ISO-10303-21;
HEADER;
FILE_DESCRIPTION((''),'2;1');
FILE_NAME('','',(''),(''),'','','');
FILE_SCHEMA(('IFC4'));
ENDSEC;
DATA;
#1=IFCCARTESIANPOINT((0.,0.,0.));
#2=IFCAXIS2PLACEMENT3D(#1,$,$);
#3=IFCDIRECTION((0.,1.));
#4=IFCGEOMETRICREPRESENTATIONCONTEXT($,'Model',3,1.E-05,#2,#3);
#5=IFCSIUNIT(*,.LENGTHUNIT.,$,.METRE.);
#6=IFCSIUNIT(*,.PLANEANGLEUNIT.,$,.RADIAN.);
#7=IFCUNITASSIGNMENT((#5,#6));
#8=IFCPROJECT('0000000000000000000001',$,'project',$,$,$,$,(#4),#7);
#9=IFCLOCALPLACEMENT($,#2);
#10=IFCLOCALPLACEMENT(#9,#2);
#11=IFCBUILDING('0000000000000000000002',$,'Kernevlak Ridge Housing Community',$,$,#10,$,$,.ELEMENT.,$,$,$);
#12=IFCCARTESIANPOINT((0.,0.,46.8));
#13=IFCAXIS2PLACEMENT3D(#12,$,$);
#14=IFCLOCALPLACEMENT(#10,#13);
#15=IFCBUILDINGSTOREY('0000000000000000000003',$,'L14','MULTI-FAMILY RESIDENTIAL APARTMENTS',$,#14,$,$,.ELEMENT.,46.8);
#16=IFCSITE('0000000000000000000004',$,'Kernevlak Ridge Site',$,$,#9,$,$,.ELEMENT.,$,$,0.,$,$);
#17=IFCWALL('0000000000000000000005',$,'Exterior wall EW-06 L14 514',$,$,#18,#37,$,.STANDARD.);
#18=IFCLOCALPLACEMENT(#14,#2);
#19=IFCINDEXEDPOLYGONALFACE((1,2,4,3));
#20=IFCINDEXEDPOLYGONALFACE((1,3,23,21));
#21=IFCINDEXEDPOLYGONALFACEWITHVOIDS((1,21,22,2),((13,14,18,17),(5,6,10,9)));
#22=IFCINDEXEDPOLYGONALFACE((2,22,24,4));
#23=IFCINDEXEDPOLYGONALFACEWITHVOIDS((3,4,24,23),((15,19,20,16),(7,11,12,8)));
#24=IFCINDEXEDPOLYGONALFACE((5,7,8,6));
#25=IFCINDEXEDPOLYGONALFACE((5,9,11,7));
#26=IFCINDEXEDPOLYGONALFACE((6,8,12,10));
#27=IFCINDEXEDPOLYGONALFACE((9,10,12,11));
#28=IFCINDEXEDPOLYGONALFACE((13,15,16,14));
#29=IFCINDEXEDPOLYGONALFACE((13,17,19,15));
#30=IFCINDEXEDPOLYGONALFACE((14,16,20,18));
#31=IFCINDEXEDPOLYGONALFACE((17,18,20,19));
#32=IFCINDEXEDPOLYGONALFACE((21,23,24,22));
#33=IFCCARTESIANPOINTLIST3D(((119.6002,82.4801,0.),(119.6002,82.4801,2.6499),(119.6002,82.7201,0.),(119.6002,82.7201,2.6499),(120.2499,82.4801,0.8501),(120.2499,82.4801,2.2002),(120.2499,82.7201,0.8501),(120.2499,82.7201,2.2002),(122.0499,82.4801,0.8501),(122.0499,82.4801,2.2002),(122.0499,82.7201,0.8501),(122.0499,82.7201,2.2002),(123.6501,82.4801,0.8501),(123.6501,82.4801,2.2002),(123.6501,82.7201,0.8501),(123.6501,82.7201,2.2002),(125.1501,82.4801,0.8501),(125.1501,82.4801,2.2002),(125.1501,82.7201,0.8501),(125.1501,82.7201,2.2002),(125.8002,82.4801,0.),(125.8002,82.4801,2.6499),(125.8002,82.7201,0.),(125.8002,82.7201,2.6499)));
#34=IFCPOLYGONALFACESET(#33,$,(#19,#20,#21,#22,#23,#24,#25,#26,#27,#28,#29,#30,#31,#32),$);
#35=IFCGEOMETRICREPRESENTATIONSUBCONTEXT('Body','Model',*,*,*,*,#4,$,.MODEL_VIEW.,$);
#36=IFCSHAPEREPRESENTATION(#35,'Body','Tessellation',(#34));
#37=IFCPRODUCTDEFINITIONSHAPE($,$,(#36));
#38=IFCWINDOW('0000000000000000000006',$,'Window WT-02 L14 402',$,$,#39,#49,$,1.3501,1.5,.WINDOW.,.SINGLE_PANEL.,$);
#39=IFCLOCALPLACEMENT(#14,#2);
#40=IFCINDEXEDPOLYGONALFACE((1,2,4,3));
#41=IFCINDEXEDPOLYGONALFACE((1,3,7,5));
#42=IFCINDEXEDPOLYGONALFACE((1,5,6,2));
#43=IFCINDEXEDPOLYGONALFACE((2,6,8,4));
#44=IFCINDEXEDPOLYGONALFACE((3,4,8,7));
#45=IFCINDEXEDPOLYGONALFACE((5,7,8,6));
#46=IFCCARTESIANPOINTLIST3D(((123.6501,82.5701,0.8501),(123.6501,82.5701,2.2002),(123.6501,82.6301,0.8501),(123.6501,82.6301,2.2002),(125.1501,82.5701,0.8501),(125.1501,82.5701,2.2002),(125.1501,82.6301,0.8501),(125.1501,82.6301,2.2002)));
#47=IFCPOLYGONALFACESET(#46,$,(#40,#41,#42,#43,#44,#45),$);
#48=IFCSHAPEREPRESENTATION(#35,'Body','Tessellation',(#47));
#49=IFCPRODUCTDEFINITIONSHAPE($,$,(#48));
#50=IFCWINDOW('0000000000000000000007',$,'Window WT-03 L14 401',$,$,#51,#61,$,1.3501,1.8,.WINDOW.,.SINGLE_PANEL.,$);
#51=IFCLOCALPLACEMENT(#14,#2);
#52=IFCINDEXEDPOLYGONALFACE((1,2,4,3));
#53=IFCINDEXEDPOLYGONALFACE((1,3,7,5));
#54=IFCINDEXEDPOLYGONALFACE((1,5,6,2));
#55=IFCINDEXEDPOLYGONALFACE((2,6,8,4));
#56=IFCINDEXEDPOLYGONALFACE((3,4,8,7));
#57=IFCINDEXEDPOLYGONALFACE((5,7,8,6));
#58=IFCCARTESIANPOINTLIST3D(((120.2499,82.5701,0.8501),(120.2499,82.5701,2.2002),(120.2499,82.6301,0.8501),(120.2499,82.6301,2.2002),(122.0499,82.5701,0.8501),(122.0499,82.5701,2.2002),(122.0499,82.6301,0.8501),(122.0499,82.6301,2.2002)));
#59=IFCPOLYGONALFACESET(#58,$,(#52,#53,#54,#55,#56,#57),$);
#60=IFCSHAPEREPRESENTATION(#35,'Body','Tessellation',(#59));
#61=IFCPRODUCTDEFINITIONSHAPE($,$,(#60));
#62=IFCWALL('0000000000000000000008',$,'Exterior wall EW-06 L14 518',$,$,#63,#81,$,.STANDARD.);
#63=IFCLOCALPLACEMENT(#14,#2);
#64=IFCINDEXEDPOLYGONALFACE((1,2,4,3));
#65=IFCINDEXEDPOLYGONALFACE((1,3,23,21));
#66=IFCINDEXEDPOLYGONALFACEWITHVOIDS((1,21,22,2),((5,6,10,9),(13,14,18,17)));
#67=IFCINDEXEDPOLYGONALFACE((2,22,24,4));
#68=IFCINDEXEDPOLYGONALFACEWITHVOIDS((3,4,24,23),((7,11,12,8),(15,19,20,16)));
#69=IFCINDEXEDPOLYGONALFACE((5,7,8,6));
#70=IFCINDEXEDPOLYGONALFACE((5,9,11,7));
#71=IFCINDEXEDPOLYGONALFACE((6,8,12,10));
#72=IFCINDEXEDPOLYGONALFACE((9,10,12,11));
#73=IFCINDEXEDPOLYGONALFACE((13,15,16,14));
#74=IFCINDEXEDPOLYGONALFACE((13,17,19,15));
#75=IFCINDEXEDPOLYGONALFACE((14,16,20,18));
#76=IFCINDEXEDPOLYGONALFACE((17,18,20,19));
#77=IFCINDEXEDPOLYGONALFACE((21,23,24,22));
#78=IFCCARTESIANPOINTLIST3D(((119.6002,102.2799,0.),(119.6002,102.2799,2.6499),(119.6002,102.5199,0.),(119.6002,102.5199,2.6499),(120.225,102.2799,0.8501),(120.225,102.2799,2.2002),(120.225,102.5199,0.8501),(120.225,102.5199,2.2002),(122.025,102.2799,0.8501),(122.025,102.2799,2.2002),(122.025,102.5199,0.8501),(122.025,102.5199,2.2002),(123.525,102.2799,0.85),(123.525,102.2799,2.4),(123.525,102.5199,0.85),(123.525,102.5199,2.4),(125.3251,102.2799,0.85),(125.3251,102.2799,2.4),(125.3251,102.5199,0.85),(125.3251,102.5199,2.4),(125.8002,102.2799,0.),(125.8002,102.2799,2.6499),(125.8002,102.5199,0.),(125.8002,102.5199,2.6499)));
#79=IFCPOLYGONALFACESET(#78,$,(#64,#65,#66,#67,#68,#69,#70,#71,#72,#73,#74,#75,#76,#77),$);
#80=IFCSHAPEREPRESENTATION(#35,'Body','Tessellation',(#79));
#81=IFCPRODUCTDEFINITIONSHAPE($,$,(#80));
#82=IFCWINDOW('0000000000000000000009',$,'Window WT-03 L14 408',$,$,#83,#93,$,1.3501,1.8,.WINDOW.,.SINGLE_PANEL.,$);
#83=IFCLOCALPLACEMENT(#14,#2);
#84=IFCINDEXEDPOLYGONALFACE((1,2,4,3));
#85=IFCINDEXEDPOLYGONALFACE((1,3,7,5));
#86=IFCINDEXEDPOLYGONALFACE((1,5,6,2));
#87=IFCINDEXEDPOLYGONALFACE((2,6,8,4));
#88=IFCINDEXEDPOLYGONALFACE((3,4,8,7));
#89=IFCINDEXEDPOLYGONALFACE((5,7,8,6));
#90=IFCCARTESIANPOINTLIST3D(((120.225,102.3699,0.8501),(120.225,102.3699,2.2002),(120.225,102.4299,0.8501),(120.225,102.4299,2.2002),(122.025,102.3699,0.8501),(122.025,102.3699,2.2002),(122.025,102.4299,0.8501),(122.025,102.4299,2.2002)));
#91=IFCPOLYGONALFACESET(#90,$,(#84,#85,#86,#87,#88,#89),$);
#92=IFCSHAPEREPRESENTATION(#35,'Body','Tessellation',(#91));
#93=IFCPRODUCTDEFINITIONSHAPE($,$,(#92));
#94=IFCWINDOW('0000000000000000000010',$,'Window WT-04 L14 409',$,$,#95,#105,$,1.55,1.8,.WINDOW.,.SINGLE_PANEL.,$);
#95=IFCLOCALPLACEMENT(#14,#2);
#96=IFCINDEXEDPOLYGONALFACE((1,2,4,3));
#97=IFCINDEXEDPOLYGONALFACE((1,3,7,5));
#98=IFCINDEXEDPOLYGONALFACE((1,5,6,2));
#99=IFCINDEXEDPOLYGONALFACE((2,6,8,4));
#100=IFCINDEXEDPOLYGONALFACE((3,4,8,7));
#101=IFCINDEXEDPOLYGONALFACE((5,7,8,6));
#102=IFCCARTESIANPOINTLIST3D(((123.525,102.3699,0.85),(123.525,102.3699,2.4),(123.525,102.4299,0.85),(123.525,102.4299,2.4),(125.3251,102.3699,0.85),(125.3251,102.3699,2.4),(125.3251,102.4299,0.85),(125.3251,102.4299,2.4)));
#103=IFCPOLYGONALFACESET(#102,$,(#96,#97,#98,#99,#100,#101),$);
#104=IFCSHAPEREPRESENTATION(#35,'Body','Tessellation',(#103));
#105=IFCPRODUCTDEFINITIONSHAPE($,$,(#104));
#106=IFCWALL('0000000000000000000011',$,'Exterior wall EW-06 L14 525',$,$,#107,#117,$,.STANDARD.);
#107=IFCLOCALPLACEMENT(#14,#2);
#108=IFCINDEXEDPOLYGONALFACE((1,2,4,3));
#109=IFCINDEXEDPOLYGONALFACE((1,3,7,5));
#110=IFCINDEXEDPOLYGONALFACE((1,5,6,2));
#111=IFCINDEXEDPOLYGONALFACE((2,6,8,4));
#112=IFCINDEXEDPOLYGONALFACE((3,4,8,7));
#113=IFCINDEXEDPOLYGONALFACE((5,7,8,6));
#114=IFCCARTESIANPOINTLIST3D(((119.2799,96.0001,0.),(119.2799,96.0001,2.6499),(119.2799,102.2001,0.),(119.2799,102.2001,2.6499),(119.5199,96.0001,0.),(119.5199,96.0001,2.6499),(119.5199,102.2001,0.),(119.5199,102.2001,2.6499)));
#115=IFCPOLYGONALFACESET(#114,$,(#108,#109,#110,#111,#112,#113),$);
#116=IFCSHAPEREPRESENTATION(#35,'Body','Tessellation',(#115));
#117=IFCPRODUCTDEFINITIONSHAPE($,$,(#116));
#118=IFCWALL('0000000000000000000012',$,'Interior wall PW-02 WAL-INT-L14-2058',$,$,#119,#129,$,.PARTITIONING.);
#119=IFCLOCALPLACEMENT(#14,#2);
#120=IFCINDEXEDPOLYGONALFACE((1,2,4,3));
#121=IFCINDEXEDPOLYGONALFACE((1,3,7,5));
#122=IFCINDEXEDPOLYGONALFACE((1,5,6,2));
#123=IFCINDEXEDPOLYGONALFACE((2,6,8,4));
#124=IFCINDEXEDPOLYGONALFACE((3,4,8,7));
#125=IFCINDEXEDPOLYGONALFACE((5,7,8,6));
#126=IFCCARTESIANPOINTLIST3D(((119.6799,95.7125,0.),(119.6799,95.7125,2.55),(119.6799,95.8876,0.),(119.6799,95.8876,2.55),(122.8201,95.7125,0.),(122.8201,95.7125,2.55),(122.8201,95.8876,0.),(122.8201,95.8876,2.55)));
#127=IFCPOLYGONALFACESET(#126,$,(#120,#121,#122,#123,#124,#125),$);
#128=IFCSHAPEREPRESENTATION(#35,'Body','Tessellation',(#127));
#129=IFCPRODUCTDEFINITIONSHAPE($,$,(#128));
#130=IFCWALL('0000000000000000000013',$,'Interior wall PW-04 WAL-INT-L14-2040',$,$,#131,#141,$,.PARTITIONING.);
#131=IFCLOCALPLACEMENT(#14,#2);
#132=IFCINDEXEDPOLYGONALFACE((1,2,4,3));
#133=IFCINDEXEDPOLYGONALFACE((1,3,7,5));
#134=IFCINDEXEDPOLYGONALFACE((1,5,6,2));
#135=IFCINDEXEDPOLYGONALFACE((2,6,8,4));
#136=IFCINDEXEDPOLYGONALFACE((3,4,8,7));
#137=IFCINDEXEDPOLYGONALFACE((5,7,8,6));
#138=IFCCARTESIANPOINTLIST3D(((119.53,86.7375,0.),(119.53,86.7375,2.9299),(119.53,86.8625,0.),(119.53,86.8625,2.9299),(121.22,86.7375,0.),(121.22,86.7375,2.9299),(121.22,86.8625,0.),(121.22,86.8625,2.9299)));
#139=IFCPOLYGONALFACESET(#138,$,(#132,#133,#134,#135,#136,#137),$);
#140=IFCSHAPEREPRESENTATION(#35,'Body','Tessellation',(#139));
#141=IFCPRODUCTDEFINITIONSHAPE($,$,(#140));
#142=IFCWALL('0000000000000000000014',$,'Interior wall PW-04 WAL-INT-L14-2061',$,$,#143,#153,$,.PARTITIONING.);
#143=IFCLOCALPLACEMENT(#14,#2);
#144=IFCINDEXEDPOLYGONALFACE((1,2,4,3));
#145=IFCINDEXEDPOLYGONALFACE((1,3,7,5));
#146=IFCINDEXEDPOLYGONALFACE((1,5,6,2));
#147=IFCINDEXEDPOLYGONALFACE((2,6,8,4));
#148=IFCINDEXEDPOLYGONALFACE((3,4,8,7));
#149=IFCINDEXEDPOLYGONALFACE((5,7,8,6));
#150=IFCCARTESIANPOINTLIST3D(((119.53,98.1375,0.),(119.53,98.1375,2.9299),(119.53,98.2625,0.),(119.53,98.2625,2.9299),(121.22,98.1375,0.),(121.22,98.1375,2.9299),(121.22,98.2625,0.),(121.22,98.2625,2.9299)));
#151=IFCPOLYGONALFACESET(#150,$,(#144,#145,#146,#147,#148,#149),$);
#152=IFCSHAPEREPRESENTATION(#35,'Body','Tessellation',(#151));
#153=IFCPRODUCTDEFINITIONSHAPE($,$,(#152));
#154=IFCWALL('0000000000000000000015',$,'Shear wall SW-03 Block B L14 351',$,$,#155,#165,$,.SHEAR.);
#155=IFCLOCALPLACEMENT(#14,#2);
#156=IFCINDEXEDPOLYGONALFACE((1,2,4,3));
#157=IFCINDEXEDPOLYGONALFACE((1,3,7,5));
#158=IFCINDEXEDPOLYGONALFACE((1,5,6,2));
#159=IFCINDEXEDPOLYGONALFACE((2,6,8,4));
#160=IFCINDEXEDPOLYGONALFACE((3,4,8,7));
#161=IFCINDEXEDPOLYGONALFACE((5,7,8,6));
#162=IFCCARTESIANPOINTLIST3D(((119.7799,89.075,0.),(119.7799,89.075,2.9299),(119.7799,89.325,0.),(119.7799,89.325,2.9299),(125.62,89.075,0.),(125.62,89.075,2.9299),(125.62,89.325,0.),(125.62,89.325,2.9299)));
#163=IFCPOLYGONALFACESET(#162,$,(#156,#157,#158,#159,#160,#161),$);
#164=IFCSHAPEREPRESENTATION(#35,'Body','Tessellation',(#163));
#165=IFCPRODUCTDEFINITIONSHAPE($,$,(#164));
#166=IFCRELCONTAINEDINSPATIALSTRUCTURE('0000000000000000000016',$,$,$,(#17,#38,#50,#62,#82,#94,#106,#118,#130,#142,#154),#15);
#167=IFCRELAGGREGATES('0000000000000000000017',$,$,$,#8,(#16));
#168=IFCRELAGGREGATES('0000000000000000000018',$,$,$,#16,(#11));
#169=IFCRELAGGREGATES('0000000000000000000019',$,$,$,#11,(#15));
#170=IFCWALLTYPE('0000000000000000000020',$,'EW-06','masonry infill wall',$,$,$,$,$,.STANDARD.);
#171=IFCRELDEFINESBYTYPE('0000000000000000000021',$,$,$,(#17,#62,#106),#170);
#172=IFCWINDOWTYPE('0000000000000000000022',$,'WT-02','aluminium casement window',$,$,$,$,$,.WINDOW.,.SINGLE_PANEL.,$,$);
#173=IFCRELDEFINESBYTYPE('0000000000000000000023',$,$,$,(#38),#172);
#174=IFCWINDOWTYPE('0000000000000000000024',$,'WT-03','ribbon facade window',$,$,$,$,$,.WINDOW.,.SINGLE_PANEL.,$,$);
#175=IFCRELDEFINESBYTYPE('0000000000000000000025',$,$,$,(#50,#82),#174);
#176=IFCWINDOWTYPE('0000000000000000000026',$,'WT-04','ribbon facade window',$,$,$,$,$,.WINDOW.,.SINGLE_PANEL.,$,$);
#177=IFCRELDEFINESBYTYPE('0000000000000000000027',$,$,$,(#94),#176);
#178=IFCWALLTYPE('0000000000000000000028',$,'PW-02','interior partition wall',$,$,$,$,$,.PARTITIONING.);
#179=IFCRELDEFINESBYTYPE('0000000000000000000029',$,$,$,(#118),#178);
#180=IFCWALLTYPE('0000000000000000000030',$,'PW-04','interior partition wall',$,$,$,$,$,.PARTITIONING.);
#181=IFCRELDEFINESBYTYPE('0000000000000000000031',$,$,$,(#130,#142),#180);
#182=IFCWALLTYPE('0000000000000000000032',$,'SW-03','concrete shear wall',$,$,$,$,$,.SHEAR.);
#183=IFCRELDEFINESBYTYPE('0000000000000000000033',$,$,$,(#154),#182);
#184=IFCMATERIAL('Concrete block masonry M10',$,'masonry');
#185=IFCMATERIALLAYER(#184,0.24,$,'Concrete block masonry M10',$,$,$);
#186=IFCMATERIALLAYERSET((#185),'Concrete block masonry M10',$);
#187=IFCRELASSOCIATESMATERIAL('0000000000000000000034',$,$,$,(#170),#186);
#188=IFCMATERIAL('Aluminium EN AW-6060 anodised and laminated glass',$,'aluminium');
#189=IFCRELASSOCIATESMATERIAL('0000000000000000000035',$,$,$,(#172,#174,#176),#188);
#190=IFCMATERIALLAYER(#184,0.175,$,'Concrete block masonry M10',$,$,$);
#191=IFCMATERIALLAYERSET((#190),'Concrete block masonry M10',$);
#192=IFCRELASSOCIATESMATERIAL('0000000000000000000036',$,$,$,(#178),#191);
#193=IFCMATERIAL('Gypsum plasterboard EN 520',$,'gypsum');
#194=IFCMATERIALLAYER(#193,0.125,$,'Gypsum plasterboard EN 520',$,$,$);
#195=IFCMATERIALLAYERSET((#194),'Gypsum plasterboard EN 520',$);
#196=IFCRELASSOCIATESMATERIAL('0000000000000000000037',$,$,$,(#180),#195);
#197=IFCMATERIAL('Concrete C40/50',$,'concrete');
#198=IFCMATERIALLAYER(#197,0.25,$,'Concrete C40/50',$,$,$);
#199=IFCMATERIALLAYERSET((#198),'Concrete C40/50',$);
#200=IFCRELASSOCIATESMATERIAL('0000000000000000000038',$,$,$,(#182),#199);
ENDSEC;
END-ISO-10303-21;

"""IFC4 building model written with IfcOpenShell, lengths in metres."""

from ifc_helpers import new_model, si_unit, direction, frame, frame_2d, origin, place, context, subcontext, project, spatial, rectangle, extrude, material, layer, layer_set, type_object, element, fill, save


model = new_model("IFC4")

# Units and contexts
model_context = context("Model", 3, precision=1e-05, world=origin(), true_north=direction((0.0, 1.0)))
body_context = subcontext(model_context, "Body", "Model", "MODEL_VIEW")
ifc_project = project(units=[si_unit("LENGTHUNIT", "METRE"), si_unit("PLANEANGLEUNIT", "RADIAN")], contexts=[model_context])

# Site, building, storey
site_placement = place(None, origin())
site = spatial("IfcSite", under=ifc_project, at=site_placement, Name="Kernevlak Ridge Site", CompositionType="ELEMENT", RefElevation=0.0)
building_placement = place(site_placement, origin())
building = spatial("IfcBuilding", under=site, at=building_placement, Name="Kernevlak Ridge Housing Community", CompositionType="ELEMENT")
storey_placement = place(building_placement, frame((0.0, 0.0, 46.8)))
storey = spatial("IfcBuildingStorey", under=building, at=storey_placement, Name="L14", Description="MULTI-FAMILY RESIDENTIAL APARTMENTS", CompositionType="ELEMENT", Elevation=46.8)

# Shared definitions
ifc_material_1 = material(Name="Aluminium EN AW-6060 anodised and laminated glass", Category="aluminium")

# Walls, openings, windows
ifc_material_2 = material(Name="Concrete block masonry M10", Category="masonry")
ifc_layer_1 = layer(ifc_material_2, 0.24, Name="Concrete block masonry M10")
ifc_layer_set_1 = layer_set([ifc_layer_1], Name="Concrete block masonry M10")
wall_type_1 = type_object("IfcWallType", Name="EW-06", Description="masonry infill wall", PredefinedType="STANDARD", material=ifc_layer_set_1)
wall_1_placement = place(storey_placement, frame((119.6001, 82.6001, 0.0), z_axis=(0.0, 0.0, 1.0), x_axis=(1.0, 0.0, 0.0)))
wall_1 = element("IfcWall", 1, at=wall_1_placement, inside=storey, type_object=wall_type_1, Name="Exterior wall EW-06 L14 514", PredefinedType="STANDARD", context=body_context, shape_type="SweptSolid", body=[
    extrude(rectangle(XDim=6.2, YDim=0.24, at=frame_2d((3.1001, 0.0))), origin(), (0.0, 0.0, 1.0), 2.6499),
])
opening_1_placement = place(wall_1_placement, frame((0.6499, 0.0, 0.8501)))
opening_1 = element("IfcOpeningElement", 2, at=opening_1_placement, cuts=wall_1, PredefinedType="OPENING", context=body_context, shape_type="SweptSolid", body=[
    extrude(rectangle(XDim=1.8, YDim=1.3501, at=frame_2d((0.8999, 0.675))), frame((0.0, 0.1299, 0.0), z_axis=(0.0, -1.0, 0.0), x_axis=(1.0, 0.0, 0.0)), (0.0, 0.0, 1.0), 0.26),
])
opening_2_placement = place(wall_1_placement, frame((4.05, 0.0, 0.8501)))
opening_2 = element("IfcOpeningElement", 3, at=opening_2_placement, cuts=wall_1, PredefinedType="OPENING", context=body_context, shape_type="SweptSolid", body=[
    extrude(rectangle(XDim=1.5, YDim=1.3501, at=frame_2d((0.75, 0.675))), frame((0.0, 0.1299, 0.0), z_axis=(0.0, -1.0, 0.0), x_axis=(1.0, 0.0, 0.0)), (0.0, 0.0, 1.0), 0.26),
])
window_type_1 = type_object("IfcWindowType", Name="WT-02", Description="aluminium casement window", PartitioningType="SINGLE_PANEL", PredefinedType="WINDOW", material=ifc_material_1)
window_1_placement = place(opening_2_placement, origin())
window_1 = element("IfcWindow", 4, at=window_1_placement, inside=storey, type_object=window_type_1, Name="Window WT-02 L14 402", OverallHeight=1.3501, OverallWidth=1.5, PartitioningType="SINGLE_PANEL", PredefinedType="WINDOW", context=body_context, shape_type="SweptSolid", body=[
    extrude(rectangle(XDim=1.5, YDim=1.3501, at=frame_2d((0.75, 0.675))), frame((0.0, 0.03, 0.0), z_axis=(0.0, -1.0, 0.0), x_axis=(1.0, 0.0, 0.0)), (0.0, 0.0, 1.0), 0.0601),
])
fill(opening_2, window_1)
window_type_2 = type_object("IfcWindowType", Name="WT-03", Description="ribbon facade window", PartitioningType="SINGLE_PANEL", PredefinedType="WINDOW", material=ifc_material_1)
window_2_placement = place(opening_1_placement, origin())
window_2 = element("IfcWindow", 5, at=window_2_placement, inside=storey, type_object=window_type_2, Name="Window WT-03 L14 401", OverallHeight=1.3501, OverallWidth=1.8, PartitioningType="SINGLE_PANEL", PredefinedType="WINDOW", context=body_context, shape_type="SweptSolid", body=[
    extrude(rectangle(XDim=1.8, YDim=1.3501, at=frame_2d((0.8999, 0.675))), frame((0.0, 0.03, 0.0), z_axis=(0.0, -1.0, 0.0), x_axis=(1.0, 0.0, 0.0)), (0.0, 0.0, 1.0), 0.0601),
])
fill(opening_1, window_2)
wall_2_placement = place(storey_placement, frame((119.6001, 102.3999, 0.0), z_axis=(0.0, 0.0, 1.0), x_axis=(1.0, 0.0, 0.0)))
wall_2 = element("IfcWall", 6, at=wall_2_placement, inside=storey, type_object=wall_type_1, Name="Exterior wall EW-06 L14 518", PredefinedType="STANDARD", context=body_context, shape_type="SweptSolid", body=[
    extrude(rectangle(XDim=6.2, YDim=0.24, at=frame_2d((3.1001, 0.0))), origin(), (0.0, 0.0, 1.0), 2.6499),
])
opening_3_placement = place(wall_2_placement, frame((0.625, 0.0, 0.8501)))
opening_3 = element("IfcOpeningElement", 7, at=opening_3_placement, cuts=wall_2, PredefinedType="OPENING", context=body_context, shape_type="SweptSolid", body=[
    extrude(rectangle(XDim=1.8, YDim=1.3501, at=frame_2d((0.8999, 0.675))), frame((0.0, 0.1299, 0.0), z_axis=(0.0, -1.0, 0.0), x_axis=(1.0, 0.0, 0.0)), (0.0, 0.0, 1.0), 0.26),
])
opening_4_placement = place(wall_2_placement, frame((3.925, 0.0, 0.8501)))
opening_4 = element("IfcOpeningElement", 8, at=opening_4_placement, cuts=wall_2, PredefinedType="OPENING", context=body_context, shape_type="SweptSolid", body=[
    extrude(rectangle(XDim=1.8, YDim=1.55, at=frame_2d((0.8999, 0.7749))), frame((0.0, 0.1299, 0.0), z_axis=(0.0, -1.0, 0.0), x_axis=(1.0, 0.0, 0.0)), (0.0, 0.0, 1.0), 0.26),
])
window_3_placement = place(opening_3_placement, origin())
window_3 = element("IfcWindow", 9, at=window_3_placement, inside=storey, type_object=window_type_2, Name="Window WT-03 L14 408", OverallHeight=1.3501, OverallWidth=1.8, PartitioningType="SINGLE_PANEL", PredefinedType="WINDOW", context=body_context, shape_type="SweptSolid", body=[
    extrude(rectangle(XDim=1.8, YDim=1.3501, at=frame_2d((0.8999, 0.675))), frame((0.0, 0.03, 0.0), z_axis=(0.0, -1.0, 0.0), x_axis=(1.0, 0.0, 0.0)), (0.0, 0.0, 1.0), 0.0601),
])
fill(opening_3, window_3)
window_type_3 = type_object("IfcWindowType", Name="WT-04", Description="ribbon facade window", PartitioningType="SINGLE_PANEL", PredefinedType="WINDOW", material=ifc_material_1)
window_4_placement = place(opening_4_placement, origin())
window_4 = element("IfcWindow", 10, at=window_4_placement, inside=storey, type_object=window_type_3, Name="Window WT-04 L14 409", OverallHeight=1.55, OverallWidth=1.8, PartitioningType="SINGLE_PANEL", PredefinedType="WINDOW", context=body_context, shape_type="SweptSolid", body=[
    extrude(rectangle(XDim=1.8, YDim=1.55, at=frame_2d((0.8999, 0.7749))), frame((0.0, 0.03, 0.0), z_axis=(0.0, -1.0, 0.0), x_axis=(1.0, 0.0, 0.0)), (0.0, 0.0, 1.0), 0.0601),
])
fill(opening_4, window_4)

# Wall
wall_3_placement = place(storey_placement, frame((119.3999, 96.0, 0.0), z_axis=(0.0, 0.0, 1.0), x_axis=(0.0, 1.0, 0.0)))
element("IfcWall", 11, at=wall_3_placement, inside=storey, type_object=wall_type_1, Name="Exterior wall EW-06 L14 525", PredefinedType="STANDARD", context=body_context, shape_type="SweptSolid", body=[
    extrude(rectangle(XDim=6.2, YDim=0.24, at=frame_2d((3.1001, 0.0))), origin(), (0.0, 0.0, 1.0), 2.6499),
])

# Walls
ifc_layer_2 = layer(ifc_material_2, 0.175, Name="Concrete block masonry M10")
ifc_layer_set_2 = layer_set([ifc_layer_2], Name="Concrete block masonry M10")
wall_type_2 = type_object("IfcWallType", Name="PW-02", Description="interior partition wall", PredefinedType="PARTITIONING", material=ifc_layer_set_2)
wall_4_placement = place(storey_placement, frame((119.6799, 95.8, 0.0), z_axis=(0.0, 0.0, 1.0), x_axis=(1.0, 0.0, 0.0)))
element("IfcWall", 12, at=wall_4_placement, inside=storey, type_object=wall_type_2, Name="Interior wall PW-02 WAL-INT-L14-2058", PredefinedType="PARTITIONING", context=body_context, shape_type="SweptSolid", body=[
    extrude(rectangle(XDim=3.1401, YDim=0.175, at=frame_2d((1.5701, 0.0))), origin(), (0.0, 0.0, 1.0), 2.55),
])
ifc_material_3 = material(Name="Gypsum plasterboard EN 520", Category="gypsum")
ifc_layer_3 = layer(ifc_material_3, 0.125, Name="Gypsum plasterboard EN 520")
ifc_layer_set_3 = layer_set([ifc_layer_3], Name="Gypsum plasterboard EN 520")
wall_type_3 = type_object("IfcWallType", Name="PW-04", Description="interior partition wall", PredefinedType="PARTITIONING", material=ifc_layer_set_3)
for number, where, z_axis, x_axis, name in (
    (13, (119.53, 86.8, 0.0), (0.0, 0.0, 1.0), (1.0, 0.0, 0.0), "Interior wall PW-04 WAL-INT-L14-2040"),
    (14, (119.53, 98.2, 0.0), (0.0, 0.0, 1.0), (1.0, 0.0, 0.0), "Interior wall PW-04 WAL-INT-L14-2061"),
):
    element("IfcWall", number, at=place(storey_placement, frame(where, z_axis=z_axis, x_axis=x_axis)), inside=storey, type_object=wall_type_3, Name=name, PredefinedType="PARTITIONING", context=body_context, shape_type="SweptSolid", body=[
        extrude(rectangle(XDim=1.6899, YDim=0.125, at=frame_2d((0.845, 0.0))), origin(), (0.0, 0.0, 1.0), 2.9299),
    ])
ifc_material_4 = material(Name="Concrete C40/50", Category="concrete")
ifc_layer_4 = layer(ifc_material_4, 0.25, Name="Concrete C40/50")
ifc_layer_set_4 = layer_set([ifc_layer_4], Name="Concrete C40/50")
wall_type_4 = type_object("IfcWallType", Name="SW-03", Description="concrete shear wall", PredefinedType="SHEAR", material=ifc_layer_set_4)
wall_5_placement = place(storey_placement, frame((119.78, 89.2, 0.0), z_axis=(0.0, 0.0, 1.0), x_axis=(1.0, 0.0, 0.0)))
element("IfcWall", 15, at=wall_5_placement, inside=storey, type_object=wall_type_4, Name="Shear wall SW-03 Block B L14 351", PredefinedType="SHEAR", context=body_context, shape_type="SweptSolid", body=[
    extrude(rectangle(XDim=5.8401, YDim=0.25, at=frame_2d((2.9199, 0.0))), origin(), (0.0, 0.0, 1.0), 2.9299),
])

save(model, "model.ifc")
